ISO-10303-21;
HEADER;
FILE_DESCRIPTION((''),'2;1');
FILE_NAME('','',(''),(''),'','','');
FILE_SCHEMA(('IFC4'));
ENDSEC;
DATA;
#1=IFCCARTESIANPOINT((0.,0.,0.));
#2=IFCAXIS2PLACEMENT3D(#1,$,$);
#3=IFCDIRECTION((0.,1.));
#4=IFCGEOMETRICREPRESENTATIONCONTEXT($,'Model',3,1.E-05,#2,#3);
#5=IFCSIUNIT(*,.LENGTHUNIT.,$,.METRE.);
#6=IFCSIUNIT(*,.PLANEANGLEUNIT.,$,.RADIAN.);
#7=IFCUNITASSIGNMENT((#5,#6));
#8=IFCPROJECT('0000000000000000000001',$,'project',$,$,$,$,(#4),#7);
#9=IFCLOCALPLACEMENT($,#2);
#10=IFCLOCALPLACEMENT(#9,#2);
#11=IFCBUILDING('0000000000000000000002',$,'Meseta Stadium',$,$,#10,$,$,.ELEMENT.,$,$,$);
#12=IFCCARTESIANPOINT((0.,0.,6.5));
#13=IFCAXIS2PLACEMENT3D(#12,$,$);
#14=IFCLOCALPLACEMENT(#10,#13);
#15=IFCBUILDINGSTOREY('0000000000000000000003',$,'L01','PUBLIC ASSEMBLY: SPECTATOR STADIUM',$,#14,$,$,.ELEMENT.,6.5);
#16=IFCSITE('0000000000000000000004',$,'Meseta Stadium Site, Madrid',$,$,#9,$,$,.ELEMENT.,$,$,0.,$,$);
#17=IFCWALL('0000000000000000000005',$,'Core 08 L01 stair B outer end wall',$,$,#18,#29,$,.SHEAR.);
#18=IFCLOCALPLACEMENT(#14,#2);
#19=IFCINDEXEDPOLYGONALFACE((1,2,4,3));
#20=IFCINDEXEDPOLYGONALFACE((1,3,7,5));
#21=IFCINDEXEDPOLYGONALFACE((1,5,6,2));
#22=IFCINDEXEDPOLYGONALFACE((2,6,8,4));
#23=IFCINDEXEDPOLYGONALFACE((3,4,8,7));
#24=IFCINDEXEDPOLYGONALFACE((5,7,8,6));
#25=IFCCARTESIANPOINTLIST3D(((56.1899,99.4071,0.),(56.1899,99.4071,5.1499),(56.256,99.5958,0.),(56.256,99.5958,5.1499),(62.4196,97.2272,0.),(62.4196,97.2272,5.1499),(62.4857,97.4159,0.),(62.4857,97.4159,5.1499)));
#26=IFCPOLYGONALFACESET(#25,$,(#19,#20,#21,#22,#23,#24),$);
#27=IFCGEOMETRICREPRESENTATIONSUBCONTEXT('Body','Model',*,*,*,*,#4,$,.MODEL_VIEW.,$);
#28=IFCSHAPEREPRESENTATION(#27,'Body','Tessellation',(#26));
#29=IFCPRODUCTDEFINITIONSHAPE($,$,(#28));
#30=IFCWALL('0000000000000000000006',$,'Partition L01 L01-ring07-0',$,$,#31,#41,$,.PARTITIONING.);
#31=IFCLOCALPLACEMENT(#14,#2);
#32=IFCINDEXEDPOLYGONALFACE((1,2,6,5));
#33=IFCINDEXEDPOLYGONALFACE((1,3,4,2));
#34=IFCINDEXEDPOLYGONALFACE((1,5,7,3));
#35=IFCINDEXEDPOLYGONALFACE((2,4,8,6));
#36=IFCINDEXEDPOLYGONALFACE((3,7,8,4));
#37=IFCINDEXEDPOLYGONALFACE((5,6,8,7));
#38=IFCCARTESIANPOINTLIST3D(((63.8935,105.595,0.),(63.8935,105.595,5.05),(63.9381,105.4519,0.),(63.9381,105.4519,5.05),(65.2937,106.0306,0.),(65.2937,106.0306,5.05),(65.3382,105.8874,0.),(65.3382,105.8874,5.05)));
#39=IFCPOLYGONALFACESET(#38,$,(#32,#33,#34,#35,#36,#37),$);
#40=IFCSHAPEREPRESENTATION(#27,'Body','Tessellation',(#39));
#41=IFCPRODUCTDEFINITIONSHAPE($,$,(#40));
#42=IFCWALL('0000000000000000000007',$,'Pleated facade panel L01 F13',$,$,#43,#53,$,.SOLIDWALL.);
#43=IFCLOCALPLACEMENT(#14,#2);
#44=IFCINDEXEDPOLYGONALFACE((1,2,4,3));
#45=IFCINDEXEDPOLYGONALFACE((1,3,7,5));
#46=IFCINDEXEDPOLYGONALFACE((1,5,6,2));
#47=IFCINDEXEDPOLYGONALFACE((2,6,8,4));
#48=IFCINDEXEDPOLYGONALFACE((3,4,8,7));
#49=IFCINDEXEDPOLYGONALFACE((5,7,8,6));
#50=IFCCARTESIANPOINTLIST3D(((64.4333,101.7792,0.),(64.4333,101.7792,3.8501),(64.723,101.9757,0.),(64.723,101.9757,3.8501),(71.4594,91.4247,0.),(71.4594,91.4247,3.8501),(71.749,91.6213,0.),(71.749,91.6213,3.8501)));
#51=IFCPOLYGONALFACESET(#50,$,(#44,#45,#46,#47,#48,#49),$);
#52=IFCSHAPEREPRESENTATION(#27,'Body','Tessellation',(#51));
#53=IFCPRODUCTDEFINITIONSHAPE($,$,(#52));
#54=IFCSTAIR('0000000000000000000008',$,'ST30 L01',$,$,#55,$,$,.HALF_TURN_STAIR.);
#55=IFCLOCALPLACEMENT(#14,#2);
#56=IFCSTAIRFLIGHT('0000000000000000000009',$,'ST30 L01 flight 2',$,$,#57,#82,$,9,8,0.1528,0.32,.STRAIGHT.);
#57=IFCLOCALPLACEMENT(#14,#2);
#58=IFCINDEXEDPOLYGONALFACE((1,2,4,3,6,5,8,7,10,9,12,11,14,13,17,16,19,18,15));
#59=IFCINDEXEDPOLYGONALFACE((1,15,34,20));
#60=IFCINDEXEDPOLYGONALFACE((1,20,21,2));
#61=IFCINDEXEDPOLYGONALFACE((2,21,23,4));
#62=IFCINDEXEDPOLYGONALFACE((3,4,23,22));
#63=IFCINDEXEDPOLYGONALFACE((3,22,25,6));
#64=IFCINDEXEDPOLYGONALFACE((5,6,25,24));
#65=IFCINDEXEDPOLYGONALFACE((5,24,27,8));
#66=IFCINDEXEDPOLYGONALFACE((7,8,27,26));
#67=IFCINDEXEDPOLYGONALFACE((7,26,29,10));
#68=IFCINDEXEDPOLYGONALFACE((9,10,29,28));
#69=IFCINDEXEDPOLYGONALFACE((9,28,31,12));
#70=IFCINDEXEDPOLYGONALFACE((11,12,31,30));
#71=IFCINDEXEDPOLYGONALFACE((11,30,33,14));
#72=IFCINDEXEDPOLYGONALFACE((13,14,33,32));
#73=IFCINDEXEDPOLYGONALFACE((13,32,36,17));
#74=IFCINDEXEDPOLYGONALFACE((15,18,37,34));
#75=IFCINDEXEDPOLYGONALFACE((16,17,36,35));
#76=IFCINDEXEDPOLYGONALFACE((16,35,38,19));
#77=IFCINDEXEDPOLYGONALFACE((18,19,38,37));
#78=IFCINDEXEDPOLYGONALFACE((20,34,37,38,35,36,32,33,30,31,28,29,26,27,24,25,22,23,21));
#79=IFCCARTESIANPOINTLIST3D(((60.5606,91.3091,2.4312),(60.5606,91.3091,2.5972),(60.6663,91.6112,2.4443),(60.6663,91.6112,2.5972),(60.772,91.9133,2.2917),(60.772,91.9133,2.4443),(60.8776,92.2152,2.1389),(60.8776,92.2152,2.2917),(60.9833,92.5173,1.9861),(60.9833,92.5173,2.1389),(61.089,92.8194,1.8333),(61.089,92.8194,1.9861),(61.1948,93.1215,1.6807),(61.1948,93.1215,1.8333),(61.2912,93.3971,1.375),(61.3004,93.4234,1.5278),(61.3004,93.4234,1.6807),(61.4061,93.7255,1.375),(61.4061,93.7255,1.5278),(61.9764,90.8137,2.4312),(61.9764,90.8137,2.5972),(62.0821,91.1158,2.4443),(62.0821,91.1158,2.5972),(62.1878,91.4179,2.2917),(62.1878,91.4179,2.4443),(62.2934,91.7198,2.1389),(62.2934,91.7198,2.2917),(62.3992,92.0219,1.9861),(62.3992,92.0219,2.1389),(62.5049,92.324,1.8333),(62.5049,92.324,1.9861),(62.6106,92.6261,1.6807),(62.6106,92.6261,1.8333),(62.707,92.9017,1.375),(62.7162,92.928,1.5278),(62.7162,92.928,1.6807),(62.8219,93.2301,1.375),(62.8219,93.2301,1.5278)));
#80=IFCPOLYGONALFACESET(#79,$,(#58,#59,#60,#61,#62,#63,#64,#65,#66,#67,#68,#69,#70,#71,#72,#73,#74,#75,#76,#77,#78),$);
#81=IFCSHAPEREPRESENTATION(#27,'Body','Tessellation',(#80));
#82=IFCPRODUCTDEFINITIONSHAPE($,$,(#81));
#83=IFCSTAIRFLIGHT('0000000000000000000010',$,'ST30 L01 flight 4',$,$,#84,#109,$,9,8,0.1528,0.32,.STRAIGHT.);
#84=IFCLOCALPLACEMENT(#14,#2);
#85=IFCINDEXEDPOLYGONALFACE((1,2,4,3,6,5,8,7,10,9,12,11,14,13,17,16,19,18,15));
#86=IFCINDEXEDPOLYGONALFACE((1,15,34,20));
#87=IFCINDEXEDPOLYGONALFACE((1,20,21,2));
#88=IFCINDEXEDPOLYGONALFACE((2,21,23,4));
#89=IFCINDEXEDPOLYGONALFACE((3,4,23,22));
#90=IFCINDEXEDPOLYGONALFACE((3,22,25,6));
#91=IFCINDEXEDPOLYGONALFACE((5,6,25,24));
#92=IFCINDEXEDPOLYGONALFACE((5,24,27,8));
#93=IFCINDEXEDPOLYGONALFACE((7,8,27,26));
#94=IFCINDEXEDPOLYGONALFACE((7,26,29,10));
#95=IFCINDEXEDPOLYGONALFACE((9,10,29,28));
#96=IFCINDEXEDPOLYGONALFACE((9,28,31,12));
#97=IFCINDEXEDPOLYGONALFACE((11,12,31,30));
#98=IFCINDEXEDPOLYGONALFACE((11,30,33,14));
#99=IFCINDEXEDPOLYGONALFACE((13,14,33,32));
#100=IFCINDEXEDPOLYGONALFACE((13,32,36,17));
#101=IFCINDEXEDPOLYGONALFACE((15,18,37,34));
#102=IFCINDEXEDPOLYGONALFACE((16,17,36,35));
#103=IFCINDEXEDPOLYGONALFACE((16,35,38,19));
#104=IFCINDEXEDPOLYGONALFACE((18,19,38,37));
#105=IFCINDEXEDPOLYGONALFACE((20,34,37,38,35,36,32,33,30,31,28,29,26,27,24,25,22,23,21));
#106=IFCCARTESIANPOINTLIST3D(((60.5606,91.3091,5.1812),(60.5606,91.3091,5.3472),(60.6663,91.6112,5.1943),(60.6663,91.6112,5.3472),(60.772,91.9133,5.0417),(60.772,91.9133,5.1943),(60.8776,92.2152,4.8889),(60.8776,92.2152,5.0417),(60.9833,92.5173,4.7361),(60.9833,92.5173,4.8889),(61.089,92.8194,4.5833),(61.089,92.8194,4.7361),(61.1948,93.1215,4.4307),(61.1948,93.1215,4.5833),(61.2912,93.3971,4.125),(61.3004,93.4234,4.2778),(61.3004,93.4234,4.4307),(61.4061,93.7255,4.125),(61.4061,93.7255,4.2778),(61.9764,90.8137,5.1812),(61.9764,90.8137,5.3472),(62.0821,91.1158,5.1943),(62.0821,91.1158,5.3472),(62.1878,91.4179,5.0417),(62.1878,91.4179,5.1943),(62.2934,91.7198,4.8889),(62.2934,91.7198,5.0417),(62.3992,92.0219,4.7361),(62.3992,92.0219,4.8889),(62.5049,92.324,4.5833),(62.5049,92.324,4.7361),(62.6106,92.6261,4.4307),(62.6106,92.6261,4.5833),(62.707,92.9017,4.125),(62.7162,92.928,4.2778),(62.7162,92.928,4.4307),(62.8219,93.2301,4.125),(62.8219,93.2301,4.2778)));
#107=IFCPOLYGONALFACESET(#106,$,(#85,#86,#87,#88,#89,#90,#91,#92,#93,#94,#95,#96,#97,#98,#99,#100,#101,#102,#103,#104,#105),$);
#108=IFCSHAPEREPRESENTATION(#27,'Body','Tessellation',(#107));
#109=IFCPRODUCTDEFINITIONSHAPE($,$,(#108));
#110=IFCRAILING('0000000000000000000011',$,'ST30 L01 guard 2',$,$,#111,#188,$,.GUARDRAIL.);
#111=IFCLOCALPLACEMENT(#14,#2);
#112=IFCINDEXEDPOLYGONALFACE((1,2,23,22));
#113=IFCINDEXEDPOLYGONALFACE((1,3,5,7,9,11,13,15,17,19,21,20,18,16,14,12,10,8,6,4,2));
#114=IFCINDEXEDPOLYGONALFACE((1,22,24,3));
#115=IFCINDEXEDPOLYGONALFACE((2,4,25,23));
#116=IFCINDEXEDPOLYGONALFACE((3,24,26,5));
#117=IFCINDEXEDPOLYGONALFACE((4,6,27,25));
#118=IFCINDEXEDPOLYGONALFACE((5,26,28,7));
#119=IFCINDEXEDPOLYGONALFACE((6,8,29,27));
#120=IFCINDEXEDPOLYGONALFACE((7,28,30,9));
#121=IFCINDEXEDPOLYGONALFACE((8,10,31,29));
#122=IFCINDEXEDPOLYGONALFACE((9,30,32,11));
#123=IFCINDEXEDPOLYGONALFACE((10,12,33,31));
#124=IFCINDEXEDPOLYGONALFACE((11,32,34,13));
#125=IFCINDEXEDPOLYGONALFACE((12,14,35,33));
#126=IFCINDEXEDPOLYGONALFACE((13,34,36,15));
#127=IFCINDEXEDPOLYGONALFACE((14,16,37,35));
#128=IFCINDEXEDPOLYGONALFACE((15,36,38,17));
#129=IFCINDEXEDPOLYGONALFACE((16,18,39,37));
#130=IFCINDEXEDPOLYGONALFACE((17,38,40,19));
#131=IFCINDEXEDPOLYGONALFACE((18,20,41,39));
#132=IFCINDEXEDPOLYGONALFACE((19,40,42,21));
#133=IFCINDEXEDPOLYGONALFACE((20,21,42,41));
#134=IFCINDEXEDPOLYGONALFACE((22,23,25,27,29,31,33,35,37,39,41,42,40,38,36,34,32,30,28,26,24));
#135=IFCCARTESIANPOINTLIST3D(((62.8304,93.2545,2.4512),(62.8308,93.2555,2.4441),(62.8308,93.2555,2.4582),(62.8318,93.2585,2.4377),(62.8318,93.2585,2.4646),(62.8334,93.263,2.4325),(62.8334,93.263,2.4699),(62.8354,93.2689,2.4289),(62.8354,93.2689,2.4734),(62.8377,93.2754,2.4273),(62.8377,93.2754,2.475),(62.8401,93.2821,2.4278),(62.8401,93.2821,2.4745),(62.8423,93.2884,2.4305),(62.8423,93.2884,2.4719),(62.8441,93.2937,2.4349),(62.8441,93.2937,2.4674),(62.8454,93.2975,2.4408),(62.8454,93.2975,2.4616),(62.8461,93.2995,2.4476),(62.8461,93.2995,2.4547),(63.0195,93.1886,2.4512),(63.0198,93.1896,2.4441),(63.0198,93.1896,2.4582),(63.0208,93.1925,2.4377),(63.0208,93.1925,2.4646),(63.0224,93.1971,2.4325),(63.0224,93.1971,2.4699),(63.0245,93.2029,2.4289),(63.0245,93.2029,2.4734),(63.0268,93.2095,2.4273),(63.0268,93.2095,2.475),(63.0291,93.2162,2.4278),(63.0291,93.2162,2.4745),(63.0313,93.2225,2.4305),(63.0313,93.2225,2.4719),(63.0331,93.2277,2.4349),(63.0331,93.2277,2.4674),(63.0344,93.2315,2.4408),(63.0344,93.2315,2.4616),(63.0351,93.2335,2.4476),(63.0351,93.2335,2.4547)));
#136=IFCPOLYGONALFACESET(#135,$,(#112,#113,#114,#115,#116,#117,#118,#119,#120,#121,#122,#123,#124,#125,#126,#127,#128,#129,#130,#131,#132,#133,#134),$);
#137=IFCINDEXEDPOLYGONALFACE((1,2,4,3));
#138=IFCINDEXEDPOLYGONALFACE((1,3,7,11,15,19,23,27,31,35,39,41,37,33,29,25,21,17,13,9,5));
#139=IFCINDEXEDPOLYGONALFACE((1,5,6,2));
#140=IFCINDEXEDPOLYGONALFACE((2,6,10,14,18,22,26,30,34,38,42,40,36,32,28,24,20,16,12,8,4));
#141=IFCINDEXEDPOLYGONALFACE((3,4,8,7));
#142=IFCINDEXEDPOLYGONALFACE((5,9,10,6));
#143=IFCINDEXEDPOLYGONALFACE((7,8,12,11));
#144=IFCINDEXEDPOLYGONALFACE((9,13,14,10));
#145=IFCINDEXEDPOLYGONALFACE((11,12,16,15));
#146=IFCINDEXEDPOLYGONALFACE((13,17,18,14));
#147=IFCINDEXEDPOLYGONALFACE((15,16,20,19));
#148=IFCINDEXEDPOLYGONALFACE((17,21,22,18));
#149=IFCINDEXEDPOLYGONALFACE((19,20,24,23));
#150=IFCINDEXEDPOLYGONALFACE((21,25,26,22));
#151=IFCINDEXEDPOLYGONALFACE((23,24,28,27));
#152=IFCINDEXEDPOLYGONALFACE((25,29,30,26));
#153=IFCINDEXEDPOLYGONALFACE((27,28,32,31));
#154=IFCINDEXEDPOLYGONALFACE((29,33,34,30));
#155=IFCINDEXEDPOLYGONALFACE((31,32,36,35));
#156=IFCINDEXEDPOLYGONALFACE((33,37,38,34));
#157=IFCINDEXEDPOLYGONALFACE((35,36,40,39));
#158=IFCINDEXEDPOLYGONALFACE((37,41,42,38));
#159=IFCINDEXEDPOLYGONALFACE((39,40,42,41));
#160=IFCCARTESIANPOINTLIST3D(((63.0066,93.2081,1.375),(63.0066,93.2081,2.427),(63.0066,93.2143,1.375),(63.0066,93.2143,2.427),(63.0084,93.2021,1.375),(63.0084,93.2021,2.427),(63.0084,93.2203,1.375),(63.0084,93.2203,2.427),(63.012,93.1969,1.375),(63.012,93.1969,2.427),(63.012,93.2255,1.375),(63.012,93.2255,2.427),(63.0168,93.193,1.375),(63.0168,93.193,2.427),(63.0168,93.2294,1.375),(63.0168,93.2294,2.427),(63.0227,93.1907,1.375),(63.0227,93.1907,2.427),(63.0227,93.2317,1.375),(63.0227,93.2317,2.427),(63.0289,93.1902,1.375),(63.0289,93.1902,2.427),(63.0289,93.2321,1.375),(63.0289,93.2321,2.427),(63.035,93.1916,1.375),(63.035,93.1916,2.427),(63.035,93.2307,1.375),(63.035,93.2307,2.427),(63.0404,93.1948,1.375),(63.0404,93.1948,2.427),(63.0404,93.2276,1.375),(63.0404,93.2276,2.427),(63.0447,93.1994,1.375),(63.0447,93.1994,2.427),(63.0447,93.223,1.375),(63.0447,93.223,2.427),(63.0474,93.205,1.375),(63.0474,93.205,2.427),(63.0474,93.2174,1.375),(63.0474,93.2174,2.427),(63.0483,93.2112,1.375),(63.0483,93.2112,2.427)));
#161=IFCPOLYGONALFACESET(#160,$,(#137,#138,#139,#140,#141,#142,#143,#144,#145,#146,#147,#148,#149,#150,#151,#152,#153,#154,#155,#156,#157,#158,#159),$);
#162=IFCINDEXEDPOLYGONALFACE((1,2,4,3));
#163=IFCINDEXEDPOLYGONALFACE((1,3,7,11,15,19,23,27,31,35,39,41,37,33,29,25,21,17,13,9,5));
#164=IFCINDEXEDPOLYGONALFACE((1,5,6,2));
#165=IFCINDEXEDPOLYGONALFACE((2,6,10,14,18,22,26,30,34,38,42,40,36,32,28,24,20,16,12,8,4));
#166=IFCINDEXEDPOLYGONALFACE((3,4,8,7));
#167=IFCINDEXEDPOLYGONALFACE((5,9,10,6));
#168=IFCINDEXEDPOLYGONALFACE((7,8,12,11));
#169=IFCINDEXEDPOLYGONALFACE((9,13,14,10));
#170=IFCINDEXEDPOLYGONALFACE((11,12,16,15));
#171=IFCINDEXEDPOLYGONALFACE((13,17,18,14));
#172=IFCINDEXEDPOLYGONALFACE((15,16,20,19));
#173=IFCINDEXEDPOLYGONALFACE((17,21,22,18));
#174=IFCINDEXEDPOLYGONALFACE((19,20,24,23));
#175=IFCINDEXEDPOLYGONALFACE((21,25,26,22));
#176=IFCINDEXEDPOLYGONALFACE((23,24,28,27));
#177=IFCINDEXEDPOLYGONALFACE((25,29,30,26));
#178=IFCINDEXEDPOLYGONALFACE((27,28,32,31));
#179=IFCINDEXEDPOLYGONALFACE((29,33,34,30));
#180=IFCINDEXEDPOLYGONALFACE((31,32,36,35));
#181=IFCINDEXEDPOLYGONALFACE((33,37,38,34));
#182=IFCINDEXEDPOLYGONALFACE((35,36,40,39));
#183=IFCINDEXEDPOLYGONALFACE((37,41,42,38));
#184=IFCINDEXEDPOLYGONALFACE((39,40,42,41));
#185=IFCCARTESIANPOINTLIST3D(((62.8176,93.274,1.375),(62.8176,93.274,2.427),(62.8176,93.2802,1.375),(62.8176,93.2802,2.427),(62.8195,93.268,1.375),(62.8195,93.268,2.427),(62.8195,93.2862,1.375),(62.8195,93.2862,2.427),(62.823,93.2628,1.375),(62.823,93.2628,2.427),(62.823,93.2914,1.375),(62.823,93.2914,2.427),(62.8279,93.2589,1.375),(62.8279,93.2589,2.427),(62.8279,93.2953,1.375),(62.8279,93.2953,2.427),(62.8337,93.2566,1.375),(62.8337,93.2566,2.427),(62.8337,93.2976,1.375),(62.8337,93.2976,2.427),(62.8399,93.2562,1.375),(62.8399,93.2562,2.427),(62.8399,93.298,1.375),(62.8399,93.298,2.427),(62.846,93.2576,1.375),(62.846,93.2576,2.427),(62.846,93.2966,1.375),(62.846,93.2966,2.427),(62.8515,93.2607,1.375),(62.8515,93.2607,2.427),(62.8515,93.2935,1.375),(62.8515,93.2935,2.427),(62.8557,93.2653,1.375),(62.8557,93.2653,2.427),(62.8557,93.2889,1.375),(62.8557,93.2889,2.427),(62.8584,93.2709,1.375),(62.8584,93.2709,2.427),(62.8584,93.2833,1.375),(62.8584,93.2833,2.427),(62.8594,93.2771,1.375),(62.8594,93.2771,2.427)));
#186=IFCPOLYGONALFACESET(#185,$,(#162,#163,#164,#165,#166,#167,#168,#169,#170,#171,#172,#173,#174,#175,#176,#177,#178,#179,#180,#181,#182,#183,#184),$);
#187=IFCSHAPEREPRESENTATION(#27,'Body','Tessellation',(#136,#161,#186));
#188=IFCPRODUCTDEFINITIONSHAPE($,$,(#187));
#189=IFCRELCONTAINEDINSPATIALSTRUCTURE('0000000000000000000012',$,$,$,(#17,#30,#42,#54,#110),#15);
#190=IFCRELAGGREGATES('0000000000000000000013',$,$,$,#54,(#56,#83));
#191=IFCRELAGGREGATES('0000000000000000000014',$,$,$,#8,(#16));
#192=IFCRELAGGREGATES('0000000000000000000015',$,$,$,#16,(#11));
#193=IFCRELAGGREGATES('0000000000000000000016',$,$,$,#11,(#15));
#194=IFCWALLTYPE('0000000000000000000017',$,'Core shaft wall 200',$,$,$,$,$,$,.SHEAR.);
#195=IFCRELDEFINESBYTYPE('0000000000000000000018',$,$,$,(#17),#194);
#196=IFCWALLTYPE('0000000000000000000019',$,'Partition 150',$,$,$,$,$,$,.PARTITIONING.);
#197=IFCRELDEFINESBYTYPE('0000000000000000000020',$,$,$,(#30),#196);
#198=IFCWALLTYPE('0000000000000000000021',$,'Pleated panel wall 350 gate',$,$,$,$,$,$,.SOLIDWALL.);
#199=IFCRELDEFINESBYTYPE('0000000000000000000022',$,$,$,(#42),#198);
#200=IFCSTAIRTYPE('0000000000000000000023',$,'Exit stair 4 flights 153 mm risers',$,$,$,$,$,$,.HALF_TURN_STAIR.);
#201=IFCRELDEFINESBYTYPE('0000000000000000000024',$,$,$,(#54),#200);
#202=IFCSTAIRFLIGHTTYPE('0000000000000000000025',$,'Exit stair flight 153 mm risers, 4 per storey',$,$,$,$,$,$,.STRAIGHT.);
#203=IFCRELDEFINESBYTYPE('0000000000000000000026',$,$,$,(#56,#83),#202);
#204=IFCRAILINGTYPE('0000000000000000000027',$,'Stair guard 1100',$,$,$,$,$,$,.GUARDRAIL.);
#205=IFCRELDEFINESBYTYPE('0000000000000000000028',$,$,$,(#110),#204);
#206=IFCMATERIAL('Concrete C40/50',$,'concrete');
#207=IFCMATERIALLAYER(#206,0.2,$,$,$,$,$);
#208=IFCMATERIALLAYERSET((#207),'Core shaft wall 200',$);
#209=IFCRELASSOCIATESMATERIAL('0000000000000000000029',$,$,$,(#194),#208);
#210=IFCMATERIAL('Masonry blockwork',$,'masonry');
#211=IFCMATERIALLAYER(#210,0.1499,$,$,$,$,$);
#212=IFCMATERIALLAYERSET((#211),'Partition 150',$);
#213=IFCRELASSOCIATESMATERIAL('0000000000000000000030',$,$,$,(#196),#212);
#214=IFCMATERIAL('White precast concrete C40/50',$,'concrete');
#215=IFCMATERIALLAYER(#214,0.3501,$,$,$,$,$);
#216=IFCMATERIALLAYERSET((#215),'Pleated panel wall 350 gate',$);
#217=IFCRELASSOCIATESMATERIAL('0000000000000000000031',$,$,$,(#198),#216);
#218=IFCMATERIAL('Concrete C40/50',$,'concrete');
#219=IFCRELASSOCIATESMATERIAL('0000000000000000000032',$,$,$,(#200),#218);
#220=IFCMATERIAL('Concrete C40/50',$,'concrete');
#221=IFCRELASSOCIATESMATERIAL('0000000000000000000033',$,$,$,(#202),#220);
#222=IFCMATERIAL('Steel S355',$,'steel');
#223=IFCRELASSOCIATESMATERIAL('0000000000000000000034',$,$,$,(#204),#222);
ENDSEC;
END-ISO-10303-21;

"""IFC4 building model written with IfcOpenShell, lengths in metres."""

from ifc_helpers import new_model, si_unit, direction, frame, frame_2d, origin, origin_2d, place, context, subcontext, project, spatial, polyline, rectangle, circle, outline, extrude, material, layer, layer_set, type_object, element, aggregate, save


model = new_model("IFC4")

# Units and contexts
model_context = context("Model", 3, precision=1e-05, world=origin(), true_north=direction((0.0, 1.0)))
body_context = subcontext(model_context, "Body", "Model", "MODEL_VIEW")
ifc_project = project(units=[si_unit("LENGTHUNIT", "METRE"), si_unit("PLANEANGLEUNIT", "RADIAN")], contexts=[model_context])

# Site, building, storey
site_placement = place(None, origin())
site = spatial("IfcSite", under=ifc_project, at=site_placement, Name="Meseta Stadium Site, Madrid", CompositionType="ELEMENT", RefElevation=0.0)
building_placement = place(site_placement, origin())
building = spatial("IfcBuilding", under=site, at=building_placement, Name="Meseta Stadium", CompositionType="ELEMENT")
storey_placement = place(building_placement, frame((0.0, 0.0, 6.5)))
storey = spatial("IfcBuildingStorey", under=building, at=storey_placement, Name="L01", Description="PUBLIC ASSEMBLY: SPECTATOR STADIUM", CompositionType="ELEMENT", Elevation=6.5)

# Walls
ifc_material_1 = material(Name="Concrete C40/50", Category="concrete")
ifc_layer_1 = layer(ifc_material_1, 0.2)
ifc_layer_set_1 = layer_set([ifc_layer_1], Name="Core shaft wall 200")
wall_type_1 = type_object("IfcWallType", Name="Core shaft wall 200", PredefinedType="SHEAR", material=ifc_layer_set_1)
for number, where, z_axis, x_axis, name in (
    (1, (62.4526, 97.3215, 0.0), (0.0, 0.0, 1.0), (-0.943881, 0.330286, 0.0), "Core 08 L01 stair B outer end wall"),
):
    element("IfcWall", number, at=place(storey_placement, frame(where, z_axis=z_axis, x_axis=x_axis)), inside=storey, type_object=wall_type_1, Name=name, PredefinedType="SHEAR", context=body_context, shape_type="SweptSolid", body=[
        extrude(rectangle(XDim=6.6001, YDim=0.2, at=frame_2d((3.3, 0.0))), origin(), (0.0, 0.0, 1.0), 5.1499),
    ])
ifc_material_2 = material(Name="Masonry blockwork", Category="masonry")
ifc_layer_2 = layer(ifc_material_2, 0.1499)
ifc_layer_set_2 = layer_set([ifc_layer_2], Name="Partition 150")
wall_type_2 = type_object("IfcWallType", Name="Partition 150", PredefinedType="PARTITIONING", material=ifc_layer_set_2)
wall_1_placement = place(storey_placement, frame((65.3159, 105.959, 0.0), z_axis=(0.0, 0.0, 1.0), x_axis=(-0.954867, -0.297033, 0.0)))
element("IfcWall", 2, at=wall_1_placement, inside=storey, type_object=wall_type_2, Name="Partition L01 L01-ring07-0", PredefinedType="PARTITIONING", context=body_context, shape_type="SweptSolid", body=[
    extrude(rectangle(XDim=1.4663, YDim=0.1499, at=frame_2d((0.7332, 0.0))), origin(), (0.0, 0.0, 1.0), 5.05),
])
ifc_material_3 = material(Name="White precast concrete C40/50", Category="concrete")
ifc_layer_3 = layer(ifc_material_3, 0.3501)
ifc_layer_set_3 = layer_set([ifc_layer_3], Name="Pleated panel wall 350 gate")
wall_type_3 = type_object("IfcWallType", Name="Pleated panel wall 350 gate", PredefinedType="SOLIDWALL", material=ifc_layer_set_3)
wall_2_placement = place(storey_placement, frame((64.5781, 101.8774, 0.0), z_axis=(0.0, 0.0, 1.0), x_axis=(0.561494, -0.827481, 0.0)))
element("IfcWall", 3, at=wall_2_placement, inside=storey, type_object=wall_type_3, Name="Pleated facade panel L01 F13", PredefinedType="SOLIDWALL", context=body_context, shape_type="SweptSolid", body=[
    extrude(rectangle(XDim=12.5132, YDim=0.3501, at=frame_2d((6.2566, 0.0))), origin(), (0.0, 0.0, 1.0), 3.8501),
])

# Stair, stair flights
ifc_material_4 = material(Name="Concrete C40/50", Category="concrete")
stair_type = type_object("IfcStairType", Name="Exit stair 4 flights 153 mm risers", PredefinedType="HALF_TURN_STAIR", material=ifc_material_4)
stair_placement = place(storey_placement, origin())
stair = element("IfcStair", 4, at=stair_placement, inside=storey, type_object=stair_type, Name="ST30 L01", PredefinedType="HALF_TURN_STAIR")
ifc_material_5 = material(Name="Concrete C40/50", Category="concrete")
stair_flight_type = type_object("IfcStairFlightType", Name="Exit stair flight 153 mm risers, 4 per storey", PredefinedType="STRAIGHT", material=ifc_material_5)
stair_flight_1_placement = place(storey_placement, frame((62.114, 93.4778, 1.375), z_axis=(0.0, 0.0, 1.0), x_axis=(-0.330279, -0.943883, 0.0)))
stair_flight_1 = element("IfcStairFlight", 5, at=stair_flight_1_placement, type_object=stair_flight_type, Name="ST30 L01 flight 2", NumberOfRisers=9, NumberOfTreads=8, PredefinedType="STRAIGHT", RiserHeight=0.1528, TreadLength=0.32, context=body_context, shape_type="SweptSolid", body=[
    extrude(outline(polyline([(0.0, 0.0), (0.0, 0.1528), (0.3201, 0.1528), (0.3201, 0.3057), (0.6399, 0.3057), (0.6399, 0.4583), (0.96, 0.4583), (0.96, 0.6111), (1.28, 0.6111), (1.28, 0.7639), (1.6001, 0.7639), (1.6001, 0.9167), (1.9199, 0.9167), (1.9199, 1.0693), (2.24, 1.0693), (2.24, 1.2222), (2.5601, 1.2222), (2.5601, 1.0562), (0.3479, 0.0), (0.0, 0.0)])), frame((0.0, 0.75, 0.0), z_axis=(0.0, -1.0, 0.0), x_axis=(1.0, 0.0, 0.0)), (0.0, 0.0, 1.0), 1.5),
])
stair_flight_2_placement = place(storey_placement, frame((62.114, 93.4778, 4.125), z_axis=(0.0, 0.0, 1.0), x_axis=(-0.330279, -0.943883, 0.0)))
stair_flight_2 = element("IfcStairFlight", 6, at=stair_flight_2_placement, type_object=stair_flight_type, Name="ST30 L01 flight 4", NumberOfRisers=9, NumberOfTreads=8, PredefinedType="STRAIGHT", RiserHeight=0.1528, TreadLength=0.32, context=body_context, shape_type="SweptSolid", body=[
    extrude(outline(polyline([(0.0, 0.0), (0.0, 0.1528), (0.3201, 0.1528), (0.3201, 0.3057), (0.6399, 0.3057), (0.6399, 0.4583), (0.96, 0.4583), (0.96, 0.6111), (1.28, 0.6111), (1.28, 0.7639), (1.6001, 0.7639), (1.6001, 0.9167), (1.9199, 0.9167), (1.9199, 1.0693), (2.24, 1.0693), (2.24, 1.2222), (2.5601, 1.2222), (2.5601, 1.0562), (0.3479, 0.0), (0.0, 0.0)])), frame((0.0, 0.75, 0.0), z_axis=(0.0, -1.0, 0.0), x_axis=(1.0, 0.0, 0.0)), (0.0, 0.0, 1.0), 1.5),
])
aggregate(stair, [stair_flight_1, stair_flight_2])

# Railing
ifc_material_6 = material(Name="Steel S355", Category="steel")
railing_type_1 = type_object("IfcRailingType", Name="Stair guard 1100", PredefinedType="GUARDRAIL", material=ifc_material_6)
railing_1_placement = place(storey_placement, frame((63.0273, 93.2112, 1.375)))
element("IfcRailing", 7, at=railing_1_placement, inside=storey, type_object=railing_type_1, Name="ST30 L01 guard 2", PredefinedType="GUARDRAIL", context=body_context, shape_type="SweptSolid", body=[
    extrude(circle(Radius=0.0239, at=origin_2d()), frame((0.0, 0.0, 1.0762), z_axis=(-0.9442, 0.329372, 0.0), x_axis=(-0.329372, -0.9442, 0.0)), (0.0, 0.0, 1.0), 0.2002),
    extrude(circle(Radius=0.021, at=origin_2d()), origin(), (0.0, 0.0, 1.0), 1.052),
    extrude(circle(Radius=0.021, at=origin_2d()), frame((-0.189, 0.0659, 0.0)), (0.0, 0.0, 1.0), 1.052),
])

save(model, "model.ifc")
